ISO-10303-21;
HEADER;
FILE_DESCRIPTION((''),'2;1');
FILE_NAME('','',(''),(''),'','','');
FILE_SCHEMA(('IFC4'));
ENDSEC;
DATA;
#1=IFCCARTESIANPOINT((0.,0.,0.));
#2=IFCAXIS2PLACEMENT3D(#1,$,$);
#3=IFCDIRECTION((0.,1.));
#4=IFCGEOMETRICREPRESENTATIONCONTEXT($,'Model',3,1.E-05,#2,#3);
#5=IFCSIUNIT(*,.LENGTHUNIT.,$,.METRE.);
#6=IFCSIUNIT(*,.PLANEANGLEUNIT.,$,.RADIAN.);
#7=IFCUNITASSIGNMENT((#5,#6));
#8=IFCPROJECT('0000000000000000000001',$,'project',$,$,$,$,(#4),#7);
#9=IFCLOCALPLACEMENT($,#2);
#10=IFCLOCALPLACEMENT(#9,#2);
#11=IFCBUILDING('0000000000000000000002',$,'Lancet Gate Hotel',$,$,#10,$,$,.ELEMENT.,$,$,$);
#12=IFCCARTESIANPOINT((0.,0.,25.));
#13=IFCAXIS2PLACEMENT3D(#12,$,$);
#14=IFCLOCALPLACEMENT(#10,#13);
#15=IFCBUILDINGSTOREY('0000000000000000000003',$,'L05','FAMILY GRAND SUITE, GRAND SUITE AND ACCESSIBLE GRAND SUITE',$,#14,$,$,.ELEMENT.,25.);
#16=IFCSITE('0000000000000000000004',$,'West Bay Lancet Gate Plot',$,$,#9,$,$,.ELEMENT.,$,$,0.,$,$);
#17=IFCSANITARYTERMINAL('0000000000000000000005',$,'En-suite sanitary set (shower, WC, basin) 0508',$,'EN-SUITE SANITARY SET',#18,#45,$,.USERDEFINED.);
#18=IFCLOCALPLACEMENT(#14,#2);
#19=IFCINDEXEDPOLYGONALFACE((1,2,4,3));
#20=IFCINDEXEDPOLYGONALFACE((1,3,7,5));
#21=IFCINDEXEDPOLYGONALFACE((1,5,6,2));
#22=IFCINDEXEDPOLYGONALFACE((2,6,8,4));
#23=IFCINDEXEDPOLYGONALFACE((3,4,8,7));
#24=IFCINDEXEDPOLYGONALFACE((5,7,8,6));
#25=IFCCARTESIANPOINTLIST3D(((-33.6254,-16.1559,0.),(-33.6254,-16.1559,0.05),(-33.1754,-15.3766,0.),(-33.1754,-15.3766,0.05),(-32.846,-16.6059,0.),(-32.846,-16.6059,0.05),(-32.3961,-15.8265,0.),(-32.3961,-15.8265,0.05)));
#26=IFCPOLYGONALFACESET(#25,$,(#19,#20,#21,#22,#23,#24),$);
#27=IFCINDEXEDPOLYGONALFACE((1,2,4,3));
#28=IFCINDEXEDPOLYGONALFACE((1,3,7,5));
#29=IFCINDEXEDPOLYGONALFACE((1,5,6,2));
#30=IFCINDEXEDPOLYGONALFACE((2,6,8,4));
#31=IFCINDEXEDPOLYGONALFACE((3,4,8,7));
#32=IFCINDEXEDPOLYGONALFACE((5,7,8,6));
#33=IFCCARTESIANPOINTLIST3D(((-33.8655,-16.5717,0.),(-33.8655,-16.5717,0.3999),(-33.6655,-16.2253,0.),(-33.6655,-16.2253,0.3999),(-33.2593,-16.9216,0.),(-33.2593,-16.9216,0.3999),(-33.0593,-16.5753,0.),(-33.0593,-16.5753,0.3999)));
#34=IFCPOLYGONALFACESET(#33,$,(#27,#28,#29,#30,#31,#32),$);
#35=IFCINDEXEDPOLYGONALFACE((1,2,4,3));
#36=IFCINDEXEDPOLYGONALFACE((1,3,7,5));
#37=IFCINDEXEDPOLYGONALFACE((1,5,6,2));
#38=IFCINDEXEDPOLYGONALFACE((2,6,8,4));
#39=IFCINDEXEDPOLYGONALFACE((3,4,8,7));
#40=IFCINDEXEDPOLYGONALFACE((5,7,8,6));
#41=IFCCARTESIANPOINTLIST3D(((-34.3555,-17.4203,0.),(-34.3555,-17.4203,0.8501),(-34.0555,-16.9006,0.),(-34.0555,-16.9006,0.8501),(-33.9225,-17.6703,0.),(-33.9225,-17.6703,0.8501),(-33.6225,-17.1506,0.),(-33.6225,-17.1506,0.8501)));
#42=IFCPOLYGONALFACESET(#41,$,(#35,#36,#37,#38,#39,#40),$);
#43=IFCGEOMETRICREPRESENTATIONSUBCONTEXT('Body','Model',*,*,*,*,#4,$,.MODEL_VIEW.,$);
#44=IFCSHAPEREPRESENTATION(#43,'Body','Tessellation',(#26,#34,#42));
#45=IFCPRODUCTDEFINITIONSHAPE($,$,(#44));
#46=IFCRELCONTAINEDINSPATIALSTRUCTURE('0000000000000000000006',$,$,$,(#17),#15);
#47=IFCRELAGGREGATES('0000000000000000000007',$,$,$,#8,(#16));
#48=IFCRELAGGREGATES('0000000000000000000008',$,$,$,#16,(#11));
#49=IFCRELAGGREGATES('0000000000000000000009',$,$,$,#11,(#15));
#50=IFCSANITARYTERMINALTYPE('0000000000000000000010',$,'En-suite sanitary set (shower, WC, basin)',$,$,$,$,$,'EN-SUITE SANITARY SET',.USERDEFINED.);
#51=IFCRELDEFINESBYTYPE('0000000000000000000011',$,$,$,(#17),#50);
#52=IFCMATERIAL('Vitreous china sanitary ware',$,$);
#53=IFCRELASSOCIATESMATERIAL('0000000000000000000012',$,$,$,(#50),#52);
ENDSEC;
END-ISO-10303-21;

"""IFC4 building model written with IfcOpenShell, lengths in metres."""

from ifc_helpers import new_model, si_unit, direction, frame, origin, origin_2d, place, context, subcontext, project, spatial, rectangle, extrude, material, type_object, element, save


model = new_model("IFC4")

# Units and contexts
model_context = context("Model", 3, precision=1e-05, world=origin(), true_north=direction((0.0, 1.0)))
body_context = subcontext(model_context, "Body", "Model", "MODEL_VIEW")
ifc_project = project(units=[si_unit("LENGTHUNIT", "METRE"), si_unit("PLANEANGLEUNIT", "RADIAN")], contexts=[model_context])

# Site, building, storey
site_placement = place(None, origin())
site = spatial("IfcSite", under=ifc_project, at=site_placement, Name="West Bay Lancet Gate Plot", CompositionType="ELEMENT", RefElevation=0.0)
building_placement = place(site_placement, origin())
building = spatial("IfcBuilding", under=site, at=building_placement, Name="Lancet Gate Hotel", CompositionType="ELEMENT")
storey_placement = place(building_placement, frame((0.0, 0.0, 25.0)))
storey = spatial("IfcBuildingStorey", under=building, at=storey_placement, Name="L05", Description="FAMILY GRAND SUITE, GRAND SUITE AND ACCESSIBLE GRAND SUITE", CompositionType="ELEMENT", Elevation=25.0)

# Sanitary terminal
ifc_material_1 = material(Name="Vitreous china sanitary ware")
sanitary_terminal_type = type_object("IfcSanitaryTerminalType", Name="En-suite sanitary set (shower, WC, basin)", ElementType="EN-SUITE SANITARY SET", PredefinedType="USERDEFINED", material=ifc_material_1)
sanitary_terminal_placement = place(storey_placement, frame((-33.0107, -15.9912, 0.0), z_axis=(0.0, 0.0, 1.0), x_axis=(1.0, 0.0, 0.0)))
element("IfcSanitaryTerminal", 1, at=sanitary_terminal_placement, inside=storey, type_object=sanitary_terminal_type, Name="En-suite sanitary set (shower, WC, basin) 0508", ObjectType="EN-SUITE SANITARY SET", PredefinedType="USERDEFINED", context=body_context, shape_type="SweptSolid", body=[
    extrude(rectangle(XDim=0.8999, YDim=0.8999, at=origin_2d()), frame((0.0, 0.0, 0.0), z_axis=(0.0, 0.0, 1.0), x_axis=(0.5, 0.866025, 0.0)), (0.0, 0.0, 1.0), 0.05),
    extrude(rectangle(XDim=0.3999, YDim=0.7, at=origin_2d()), frame((-0.4517, -0.5823, 0.0), z_axis=(0.0, 0.0, 1.0), x_axis=(0.5, 0.866025, 0.0)), (0.0, 0.0, 1.0), 0.3999),
    extrude(rectangle(XDim=0.6001, YDim=0.5, at=origin_2d()), frame((-0.9783, -1.2942, 0.0), z_axis=(0.0, 0.0, 1.0), x_axis=(0.5, 0.866025, 0.0)), (0.0, 0.0, 1.0), 0.8501),
])

save(model, "model.ifc")
